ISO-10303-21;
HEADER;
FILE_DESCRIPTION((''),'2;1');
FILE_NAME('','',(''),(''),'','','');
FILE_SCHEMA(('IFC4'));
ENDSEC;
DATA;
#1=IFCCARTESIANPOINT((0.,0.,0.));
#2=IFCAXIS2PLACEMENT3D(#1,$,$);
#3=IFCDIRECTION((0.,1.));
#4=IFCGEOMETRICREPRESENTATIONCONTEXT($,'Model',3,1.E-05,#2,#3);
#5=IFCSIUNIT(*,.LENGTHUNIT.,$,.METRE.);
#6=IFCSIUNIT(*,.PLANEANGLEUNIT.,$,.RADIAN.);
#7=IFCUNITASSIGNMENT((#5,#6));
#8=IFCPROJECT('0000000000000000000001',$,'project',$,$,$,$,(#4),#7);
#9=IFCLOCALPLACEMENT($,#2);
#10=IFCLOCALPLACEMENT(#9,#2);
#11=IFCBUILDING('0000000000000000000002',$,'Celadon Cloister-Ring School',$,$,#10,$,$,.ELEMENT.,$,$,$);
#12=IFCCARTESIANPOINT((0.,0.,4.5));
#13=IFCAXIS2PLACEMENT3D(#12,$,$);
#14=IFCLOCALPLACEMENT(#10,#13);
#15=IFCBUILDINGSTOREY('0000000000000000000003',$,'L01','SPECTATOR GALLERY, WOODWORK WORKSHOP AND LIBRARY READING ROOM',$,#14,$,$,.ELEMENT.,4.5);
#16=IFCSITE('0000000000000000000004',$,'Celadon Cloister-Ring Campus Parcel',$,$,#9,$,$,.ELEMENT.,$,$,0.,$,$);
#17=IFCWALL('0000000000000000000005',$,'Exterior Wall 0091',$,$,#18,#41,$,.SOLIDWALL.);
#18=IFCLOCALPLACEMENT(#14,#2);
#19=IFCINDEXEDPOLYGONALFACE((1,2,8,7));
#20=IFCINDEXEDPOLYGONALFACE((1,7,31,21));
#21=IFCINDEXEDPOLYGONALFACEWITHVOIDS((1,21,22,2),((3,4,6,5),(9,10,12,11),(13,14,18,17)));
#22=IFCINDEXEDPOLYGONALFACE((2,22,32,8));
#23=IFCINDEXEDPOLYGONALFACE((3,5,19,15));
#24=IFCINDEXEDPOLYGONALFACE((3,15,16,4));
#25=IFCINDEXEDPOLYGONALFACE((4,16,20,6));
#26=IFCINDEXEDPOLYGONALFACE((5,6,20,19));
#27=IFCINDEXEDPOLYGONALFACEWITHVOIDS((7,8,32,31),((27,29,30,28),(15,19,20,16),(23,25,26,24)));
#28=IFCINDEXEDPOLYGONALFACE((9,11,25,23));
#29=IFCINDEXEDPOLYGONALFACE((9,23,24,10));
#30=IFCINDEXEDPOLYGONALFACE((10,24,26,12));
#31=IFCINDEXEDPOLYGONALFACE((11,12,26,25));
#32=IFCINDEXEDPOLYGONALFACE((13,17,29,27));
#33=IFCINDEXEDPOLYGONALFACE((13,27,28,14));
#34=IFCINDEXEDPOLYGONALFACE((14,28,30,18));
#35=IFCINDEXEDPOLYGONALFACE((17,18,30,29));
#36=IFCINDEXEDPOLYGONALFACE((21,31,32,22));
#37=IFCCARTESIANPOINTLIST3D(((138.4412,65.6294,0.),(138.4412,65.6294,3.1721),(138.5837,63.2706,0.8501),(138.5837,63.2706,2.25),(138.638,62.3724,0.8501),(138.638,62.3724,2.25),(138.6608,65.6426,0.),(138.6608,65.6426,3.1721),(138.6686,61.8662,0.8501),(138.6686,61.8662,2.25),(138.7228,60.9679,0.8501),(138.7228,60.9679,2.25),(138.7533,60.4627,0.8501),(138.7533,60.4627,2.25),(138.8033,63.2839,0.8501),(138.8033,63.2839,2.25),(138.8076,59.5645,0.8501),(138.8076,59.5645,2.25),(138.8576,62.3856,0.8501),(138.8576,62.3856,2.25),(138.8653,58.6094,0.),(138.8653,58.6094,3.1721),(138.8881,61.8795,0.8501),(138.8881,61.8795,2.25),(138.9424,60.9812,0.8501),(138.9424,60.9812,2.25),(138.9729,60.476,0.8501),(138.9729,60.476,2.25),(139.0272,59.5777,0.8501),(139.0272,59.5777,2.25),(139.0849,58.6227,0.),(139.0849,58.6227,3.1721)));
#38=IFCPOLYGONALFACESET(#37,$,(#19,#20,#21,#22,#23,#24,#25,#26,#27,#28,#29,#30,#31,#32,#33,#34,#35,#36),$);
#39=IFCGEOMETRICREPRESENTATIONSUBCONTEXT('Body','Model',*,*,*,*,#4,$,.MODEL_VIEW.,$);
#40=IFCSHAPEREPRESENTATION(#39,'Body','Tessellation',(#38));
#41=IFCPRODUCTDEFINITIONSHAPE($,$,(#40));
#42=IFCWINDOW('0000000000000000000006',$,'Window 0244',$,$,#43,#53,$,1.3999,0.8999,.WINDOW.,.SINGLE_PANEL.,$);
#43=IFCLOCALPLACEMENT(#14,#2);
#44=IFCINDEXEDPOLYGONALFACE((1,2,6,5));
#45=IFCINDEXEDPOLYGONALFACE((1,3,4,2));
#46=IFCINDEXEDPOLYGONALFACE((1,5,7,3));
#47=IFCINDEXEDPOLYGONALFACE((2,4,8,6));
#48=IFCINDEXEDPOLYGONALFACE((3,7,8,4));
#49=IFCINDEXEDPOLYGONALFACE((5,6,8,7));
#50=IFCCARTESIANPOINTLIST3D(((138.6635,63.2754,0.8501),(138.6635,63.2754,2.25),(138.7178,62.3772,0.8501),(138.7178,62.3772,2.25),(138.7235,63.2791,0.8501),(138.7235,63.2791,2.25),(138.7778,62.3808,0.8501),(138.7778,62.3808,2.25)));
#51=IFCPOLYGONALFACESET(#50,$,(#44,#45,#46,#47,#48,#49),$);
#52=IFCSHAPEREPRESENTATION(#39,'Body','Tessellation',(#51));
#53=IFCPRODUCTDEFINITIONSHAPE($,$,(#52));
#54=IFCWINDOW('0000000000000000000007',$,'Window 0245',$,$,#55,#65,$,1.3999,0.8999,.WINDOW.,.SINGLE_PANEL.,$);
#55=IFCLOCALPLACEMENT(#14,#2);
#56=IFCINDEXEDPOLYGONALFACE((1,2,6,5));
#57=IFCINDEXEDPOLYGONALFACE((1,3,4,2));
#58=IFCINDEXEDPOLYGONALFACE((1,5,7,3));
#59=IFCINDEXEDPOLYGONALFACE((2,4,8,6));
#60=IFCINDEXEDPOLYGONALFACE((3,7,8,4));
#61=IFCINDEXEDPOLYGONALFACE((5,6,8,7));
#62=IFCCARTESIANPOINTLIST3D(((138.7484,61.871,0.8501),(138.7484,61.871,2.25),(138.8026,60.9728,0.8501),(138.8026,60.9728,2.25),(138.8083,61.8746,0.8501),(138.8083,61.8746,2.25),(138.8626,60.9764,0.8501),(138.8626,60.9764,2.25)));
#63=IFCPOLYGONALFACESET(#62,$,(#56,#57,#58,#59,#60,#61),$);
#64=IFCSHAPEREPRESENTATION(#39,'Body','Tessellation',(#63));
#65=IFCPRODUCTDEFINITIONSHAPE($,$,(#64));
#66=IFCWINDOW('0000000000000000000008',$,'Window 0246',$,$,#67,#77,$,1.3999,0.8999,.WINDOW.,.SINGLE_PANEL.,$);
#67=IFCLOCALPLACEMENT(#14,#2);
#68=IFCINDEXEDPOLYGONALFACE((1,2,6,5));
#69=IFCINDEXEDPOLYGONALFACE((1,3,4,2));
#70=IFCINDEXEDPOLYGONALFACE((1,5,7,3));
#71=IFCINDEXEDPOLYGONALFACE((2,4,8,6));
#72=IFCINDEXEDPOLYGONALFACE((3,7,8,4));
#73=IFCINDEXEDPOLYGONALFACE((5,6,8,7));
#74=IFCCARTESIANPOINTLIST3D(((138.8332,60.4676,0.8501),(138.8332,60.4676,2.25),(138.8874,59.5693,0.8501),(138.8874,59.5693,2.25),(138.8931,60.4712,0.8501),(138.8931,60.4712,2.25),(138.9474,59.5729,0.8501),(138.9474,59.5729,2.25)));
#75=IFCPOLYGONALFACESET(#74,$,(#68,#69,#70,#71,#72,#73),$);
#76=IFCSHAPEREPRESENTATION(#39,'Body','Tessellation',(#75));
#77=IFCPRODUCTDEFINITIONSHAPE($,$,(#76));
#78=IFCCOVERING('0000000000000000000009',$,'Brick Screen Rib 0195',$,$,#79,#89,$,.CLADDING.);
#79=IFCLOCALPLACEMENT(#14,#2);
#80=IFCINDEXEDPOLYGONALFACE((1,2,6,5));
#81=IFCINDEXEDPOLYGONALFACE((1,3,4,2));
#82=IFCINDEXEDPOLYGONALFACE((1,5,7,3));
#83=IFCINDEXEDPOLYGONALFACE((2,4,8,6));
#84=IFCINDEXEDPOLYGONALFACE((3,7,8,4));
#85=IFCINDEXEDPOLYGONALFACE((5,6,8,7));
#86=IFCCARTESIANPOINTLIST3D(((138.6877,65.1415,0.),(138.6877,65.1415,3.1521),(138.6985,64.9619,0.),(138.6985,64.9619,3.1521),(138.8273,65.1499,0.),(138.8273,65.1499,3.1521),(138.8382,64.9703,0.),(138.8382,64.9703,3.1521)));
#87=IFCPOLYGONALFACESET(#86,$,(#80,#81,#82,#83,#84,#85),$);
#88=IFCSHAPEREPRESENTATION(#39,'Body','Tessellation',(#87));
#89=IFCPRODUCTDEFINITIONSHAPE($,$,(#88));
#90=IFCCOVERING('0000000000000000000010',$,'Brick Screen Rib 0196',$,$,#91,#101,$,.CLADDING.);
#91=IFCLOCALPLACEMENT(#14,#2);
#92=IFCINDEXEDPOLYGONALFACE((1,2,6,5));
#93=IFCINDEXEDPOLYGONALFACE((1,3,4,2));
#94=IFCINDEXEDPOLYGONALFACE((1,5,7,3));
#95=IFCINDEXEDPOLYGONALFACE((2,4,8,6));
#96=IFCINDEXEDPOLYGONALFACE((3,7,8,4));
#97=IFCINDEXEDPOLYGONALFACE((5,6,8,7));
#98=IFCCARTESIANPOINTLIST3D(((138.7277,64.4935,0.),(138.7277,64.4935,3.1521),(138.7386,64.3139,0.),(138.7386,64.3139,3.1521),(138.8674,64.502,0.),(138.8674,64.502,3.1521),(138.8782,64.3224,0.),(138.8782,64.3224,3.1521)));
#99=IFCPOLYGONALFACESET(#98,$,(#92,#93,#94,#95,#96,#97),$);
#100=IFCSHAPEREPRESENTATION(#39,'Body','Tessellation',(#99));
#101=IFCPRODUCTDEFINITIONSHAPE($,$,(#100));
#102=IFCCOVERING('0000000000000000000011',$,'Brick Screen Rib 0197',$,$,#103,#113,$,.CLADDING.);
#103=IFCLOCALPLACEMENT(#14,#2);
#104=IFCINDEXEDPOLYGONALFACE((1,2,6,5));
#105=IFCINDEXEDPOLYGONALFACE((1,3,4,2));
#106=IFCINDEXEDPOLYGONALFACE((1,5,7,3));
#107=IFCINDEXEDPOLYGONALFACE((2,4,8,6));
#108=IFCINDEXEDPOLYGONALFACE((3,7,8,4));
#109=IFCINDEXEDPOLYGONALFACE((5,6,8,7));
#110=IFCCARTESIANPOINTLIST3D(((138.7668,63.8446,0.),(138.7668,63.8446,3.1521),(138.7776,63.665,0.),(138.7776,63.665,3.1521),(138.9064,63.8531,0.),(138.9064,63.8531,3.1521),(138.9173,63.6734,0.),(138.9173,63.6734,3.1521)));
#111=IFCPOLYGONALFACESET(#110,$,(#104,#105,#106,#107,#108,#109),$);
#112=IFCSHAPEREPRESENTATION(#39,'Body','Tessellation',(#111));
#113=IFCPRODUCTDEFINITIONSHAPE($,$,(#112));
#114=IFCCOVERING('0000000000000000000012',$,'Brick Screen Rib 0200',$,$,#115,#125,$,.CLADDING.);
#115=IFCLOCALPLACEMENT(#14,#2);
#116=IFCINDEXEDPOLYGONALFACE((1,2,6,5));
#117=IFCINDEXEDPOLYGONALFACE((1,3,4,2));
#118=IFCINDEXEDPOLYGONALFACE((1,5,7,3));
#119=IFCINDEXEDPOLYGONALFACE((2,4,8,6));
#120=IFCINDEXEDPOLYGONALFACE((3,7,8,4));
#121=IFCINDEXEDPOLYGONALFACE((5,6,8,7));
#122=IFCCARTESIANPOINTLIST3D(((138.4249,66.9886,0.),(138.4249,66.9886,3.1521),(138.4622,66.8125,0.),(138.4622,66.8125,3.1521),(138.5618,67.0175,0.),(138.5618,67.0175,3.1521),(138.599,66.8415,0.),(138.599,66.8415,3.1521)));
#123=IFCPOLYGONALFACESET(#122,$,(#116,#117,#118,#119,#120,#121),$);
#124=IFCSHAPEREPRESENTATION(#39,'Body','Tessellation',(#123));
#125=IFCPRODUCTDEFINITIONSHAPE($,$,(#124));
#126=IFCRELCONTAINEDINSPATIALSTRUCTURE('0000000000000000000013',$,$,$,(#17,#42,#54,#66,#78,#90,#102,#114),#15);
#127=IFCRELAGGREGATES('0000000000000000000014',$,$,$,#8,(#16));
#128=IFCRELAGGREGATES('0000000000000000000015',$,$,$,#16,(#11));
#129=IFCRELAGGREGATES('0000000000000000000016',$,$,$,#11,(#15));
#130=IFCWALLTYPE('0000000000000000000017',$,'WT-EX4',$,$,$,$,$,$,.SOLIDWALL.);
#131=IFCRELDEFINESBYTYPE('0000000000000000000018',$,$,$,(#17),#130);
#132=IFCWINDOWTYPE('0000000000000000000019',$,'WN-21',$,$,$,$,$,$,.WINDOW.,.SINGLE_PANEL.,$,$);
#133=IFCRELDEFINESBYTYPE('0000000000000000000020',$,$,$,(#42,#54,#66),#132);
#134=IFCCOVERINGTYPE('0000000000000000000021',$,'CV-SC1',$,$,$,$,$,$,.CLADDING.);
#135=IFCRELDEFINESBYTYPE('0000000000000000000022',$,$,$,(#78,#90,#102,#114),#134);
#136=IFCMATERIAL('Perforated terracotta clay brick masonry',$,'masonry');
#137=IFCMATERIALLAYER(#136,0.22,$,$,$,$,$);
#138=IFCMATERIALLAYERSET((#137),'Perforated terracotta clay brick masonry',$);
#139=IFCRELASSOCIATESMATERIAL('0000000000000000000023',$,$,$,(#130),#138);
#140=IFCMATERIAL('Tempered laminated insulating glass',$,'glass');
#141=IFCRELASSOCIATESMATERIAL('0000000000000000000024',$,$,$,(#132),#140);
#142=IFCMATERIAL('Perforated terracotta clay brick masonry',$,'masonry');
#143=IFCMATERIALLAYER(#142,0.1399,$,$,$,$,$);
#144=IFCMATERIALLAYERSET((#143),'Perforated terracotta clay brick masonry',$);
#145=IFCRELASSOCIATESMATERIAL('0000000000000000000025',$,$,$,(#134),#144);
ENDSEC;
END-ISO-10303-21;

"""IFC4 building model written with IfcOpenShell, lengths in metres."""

from ifc_helpers import new_model, si_unit, direction, frame, frame_2d, origin, origin_2d, place, context, subcontext, project, spatial, rectangle, extrude, material, layer, layer_set, type_object, element, fill, save


model = new_model("IFC4")

# Units and contexts
model_context = context("Model", 3, precision=1e-05, world=origin(), true_north=direction((0.0, 1.0)))
body_context = subcontext(model_context, "Body", "Model", "MODEL_VIEW")
ifc_project = project(units=[si_unit("LENGTHUNIT", "METRE"), si_unit("PLANEANGLEUNIT", "RADIAN")], contexts=[model_context])

# Site, building, storey
site_placement = place(None, origin())
site = spatial("IfcSite", under=ifc_project, at=site_placement, Name="Celadon Cloister-Ring Campus Parcel", CompositionType="ELEMENT", RefElevation=0.0)
building_placement = place(site_placement, origin())
building = spatial("IfcBuilding", under=site, at=building_placement, Name="Celadon Cloister-Ring School", CompositionType="ELEMENT")
storey_placement = place(building_placement, frame((0.0, 0.0, 4.5)))
storey = spatial("IfcBuildingStorey", under=building, at=storey_placement, Name="L01", Description="SPECTATOR GALLERY, WOODWORK WORKSHOP AND LIBRARY READING ROOM", CompositionType="ELEMENT", Elevation=4.5)

# Wall, openings, windows
ifc_material_1 = material(Name="Perforated terracotta clay brick masonry", Category="masonry")
ifc_layer_1 = layer(ifc_material_1, 0.22)
ifc_layer_set_1 = layer_set([ifc_layer_1], Name="Perforated terracotta clay brick masonry")
wall_type_1 = type_object("IfcWallType", Name="WT-EX4", PredefinedType="SOLIDWALL", material=ifc_layer_set_1)
wall_1_placement = place(storey_placement, frame((138.551, 65.636, 0.0), z_axis=(0.0, 0.0, 1.0), x_axis=(0.060299, -0.99818, 0.0)))
wall_1 = element("IfcWall", 1, at=wall_1_placement, inside=storey, type_object=wall_type_1, Name="Exterior Wall 0091", PredefinedType="SOLIDWALL", context=body_context, shape_type="SweptSolid", body=[
    extrude(rectangle(XDim=7.0327, YDim=0.22, at=frame_2d((3.5164, 0.0))), origin(), (0.0, 0.0, 1.0), 3.1721),
])
opening_1_placement = place(wall_1_placement, frame((2.363, 0.0, 0.8501)))
opening_1 = element("IfcOpeningElement", 2, at=opening_1_placement, cuts=wall_1, PredefinedType="OPENING", context=body_context, shape_type="SweptSolid", body=[
    extrude(rectangle(XDim=0.8999, YDim=1.3999, at=frame_2d((0.45, 0.7))), frame((0.0, 0.1201, 0.0), z_axis=(0.0, -1.0, 0.0), x_axis=(1.0, 0.0, 0.0)), (0.0, 0.0, 1.0), 0.24),
])
opening_2_placement = place(wall_1_placement, frame((3.77, 0.0, 0.8501)))
opening_2 = element("IfcOpeningElement", 3, at=opening_2_placement, cuts=wall_1, PredefinedType="OPENING", context=body_context, shape_type="SweptSolid", body=[
    extrude(rectangle(XDim=0.8999, YDim=1.3999, at=frame_2d((0.45, 0.7))), frame((0.0, 0.1201, 0.0), z_axis=(0.0, -1.0, 0.0), x_axis=(1.0, 0.0, 0.0)), (0.0, 0.0, 1.0), 0.24),
])
opening_3_placement = place(wall_1_placement, frame((5.176, 0.0, 0.8501)))
opening_3 = element("IfcOpeningElement", 4, at=opening_3_placement, cuts=wall_1, PredefinedType="OPENING", context=body_context, shape_type="SweptSolid", body=[
    extrude(rectangle(XDim=0.8999, YDim=1.3999, at=frame_2d((0.45, 0.7))), frame((0.0, 0.1201, 0.0), z_axis=(0.0, -1.0, 0.0), x_axis=(1.0, 0.0, 0.0)), (0.0, 0.0, 1.0), 0.24),
])
ifc_material_2 = material(Name="Tempered laminated insulating glass", Category="glass")
window_type_1 = type_object("IfcWindowType", Name="WN-21", PartitioningType="SINGLE_PANEL", PredefinedType="WINDOW", material=ifc_material_2)
window_1_placement = place(opening_1_placement, origin())
window_1 = element("IfcWindow", 5, at=window_1_placement, inside=storey, type_object=window_type_1, Name="Window 0244", OverallHeight=1.3999, OverallWidth=0.8999, PartitioningType="SINGLE_PANEL", PredefinedType="WINDOW", context=body_context, shape_type="SweptSolid", body=[
    extrude(rectangle(XDim=0.8999, YDim=1.3999, at=frame_2d((0.45, 0.7))), frame((0.0, 0.03, 0.0), z_axis=(0.0, -1.0, 0.0), x_axis=(1.0, 0.0, 0.0)), (0.0, 0.0, 1.0), 0.0601),
])
fill(opening_1, window_1)
window_2_placement = place(opening_2_placement, origin())
window_2 = element("IfcWindow", 6, at=window_2_placement, inside=storey, type_object=window_type_1, Name="Window 0245", OverallHeight=1.3999, OverallWidth=0.8999, PartitioningType="SINGLE_PANEL", PredefinedType="WINDOW", context=body_context, shape_type="SweptSolid", body=[
    extrude(rectangle(XDim=0.8999, YDim=1.3999, at=frame_2d((0.45, 0.7))), frame((0.0, 0.03, 0.0), z_axis=(0.0, -1.0, 0.0), x_axis=(1.0, 0.0, 0.0)), (0.0, 0.0, 1.0), 0.0601),
])
fill(opening_2, window_2)
window_3_placement = place(opening_3_placement, origin())
window_3 = element("IfcWindow", 7, at=window_3_placement, inside=storey, type_object=window_type_1, Name="Window 0246", OverallHeight=1.3999, OverallWidth=0.8999, PartitioningType="SINGLE_PANEL", PredefinedType="WINDOW", context=body_context, shape_type="SweptSolid", body=[
    extrude(rectangle(XDim=0.8999, YDim=1.3999, at=frame_2d((0.45, 0.7))), frame((0.0, 0.03, 0.0), z_axis=(0.0, -1.0, 0.0), x_axis=(1.0, 0.0, 0.0)), (0.0, 0.0, 1.0), 0.0601),
])
fill(opening_3, window_3)

# Coverings
ifc_material_3 = material(Name="Perforated terracotta clay brick masonry", Category="masonry")
ifc_layer_2 = layer(ifc_material_3, 0.1399)
ifc_layer_set_2 = layer_set([ifc_layer_2], Name="Perforated terracotta clay brick masonry")
covering_type = type_object("IfcCoveringType", Name="CV-SC1", PredefinedType="CLADDING", material=ifc_layer_set_2)
for number, where, z_axis, x_axis, name in (
    (8, (138.7629, 65.0559, 0.0), (0.0, 0.0, 1.0), (0.060282, -0.998181, 0.0), "Brick Screen Rib 0195"),
    (9, (138.803, 64.408, 0.0), (0.0, 0.0, 1.0), (0.060282, -0.998181, 0.0), "Brick Screen Rib 0196"),
    (10, (138.842, 63.759, 0.0), (0.0, 0.0, 1.0), (0.060282, -0.998181, 0.0), "Brick Screen Rib 0197"),
    (11, (138.512, 66.915, 0.0), (0.0, 0.0, 1.0), (0.207075, -0.978325, 0.0), "Brick Screen Rib 0200"),
):
    element("IfcCovering", number, at=place(storey_placement, frame(where, z_axis=z_axis, x_axis=x_axis)), inside=storey, type_object=covering_type, Name=name, PredefinedType="CLADDING", context=body_context, shape_type="SweptSolid", body=[
        extrude(rectangle(XDim=0.1799, YDim=0.1399, at=origin_2d()), origin(), (0.0, 0.0, 1.0), 3.1521),
    ])

save(model, "model.ifc")
